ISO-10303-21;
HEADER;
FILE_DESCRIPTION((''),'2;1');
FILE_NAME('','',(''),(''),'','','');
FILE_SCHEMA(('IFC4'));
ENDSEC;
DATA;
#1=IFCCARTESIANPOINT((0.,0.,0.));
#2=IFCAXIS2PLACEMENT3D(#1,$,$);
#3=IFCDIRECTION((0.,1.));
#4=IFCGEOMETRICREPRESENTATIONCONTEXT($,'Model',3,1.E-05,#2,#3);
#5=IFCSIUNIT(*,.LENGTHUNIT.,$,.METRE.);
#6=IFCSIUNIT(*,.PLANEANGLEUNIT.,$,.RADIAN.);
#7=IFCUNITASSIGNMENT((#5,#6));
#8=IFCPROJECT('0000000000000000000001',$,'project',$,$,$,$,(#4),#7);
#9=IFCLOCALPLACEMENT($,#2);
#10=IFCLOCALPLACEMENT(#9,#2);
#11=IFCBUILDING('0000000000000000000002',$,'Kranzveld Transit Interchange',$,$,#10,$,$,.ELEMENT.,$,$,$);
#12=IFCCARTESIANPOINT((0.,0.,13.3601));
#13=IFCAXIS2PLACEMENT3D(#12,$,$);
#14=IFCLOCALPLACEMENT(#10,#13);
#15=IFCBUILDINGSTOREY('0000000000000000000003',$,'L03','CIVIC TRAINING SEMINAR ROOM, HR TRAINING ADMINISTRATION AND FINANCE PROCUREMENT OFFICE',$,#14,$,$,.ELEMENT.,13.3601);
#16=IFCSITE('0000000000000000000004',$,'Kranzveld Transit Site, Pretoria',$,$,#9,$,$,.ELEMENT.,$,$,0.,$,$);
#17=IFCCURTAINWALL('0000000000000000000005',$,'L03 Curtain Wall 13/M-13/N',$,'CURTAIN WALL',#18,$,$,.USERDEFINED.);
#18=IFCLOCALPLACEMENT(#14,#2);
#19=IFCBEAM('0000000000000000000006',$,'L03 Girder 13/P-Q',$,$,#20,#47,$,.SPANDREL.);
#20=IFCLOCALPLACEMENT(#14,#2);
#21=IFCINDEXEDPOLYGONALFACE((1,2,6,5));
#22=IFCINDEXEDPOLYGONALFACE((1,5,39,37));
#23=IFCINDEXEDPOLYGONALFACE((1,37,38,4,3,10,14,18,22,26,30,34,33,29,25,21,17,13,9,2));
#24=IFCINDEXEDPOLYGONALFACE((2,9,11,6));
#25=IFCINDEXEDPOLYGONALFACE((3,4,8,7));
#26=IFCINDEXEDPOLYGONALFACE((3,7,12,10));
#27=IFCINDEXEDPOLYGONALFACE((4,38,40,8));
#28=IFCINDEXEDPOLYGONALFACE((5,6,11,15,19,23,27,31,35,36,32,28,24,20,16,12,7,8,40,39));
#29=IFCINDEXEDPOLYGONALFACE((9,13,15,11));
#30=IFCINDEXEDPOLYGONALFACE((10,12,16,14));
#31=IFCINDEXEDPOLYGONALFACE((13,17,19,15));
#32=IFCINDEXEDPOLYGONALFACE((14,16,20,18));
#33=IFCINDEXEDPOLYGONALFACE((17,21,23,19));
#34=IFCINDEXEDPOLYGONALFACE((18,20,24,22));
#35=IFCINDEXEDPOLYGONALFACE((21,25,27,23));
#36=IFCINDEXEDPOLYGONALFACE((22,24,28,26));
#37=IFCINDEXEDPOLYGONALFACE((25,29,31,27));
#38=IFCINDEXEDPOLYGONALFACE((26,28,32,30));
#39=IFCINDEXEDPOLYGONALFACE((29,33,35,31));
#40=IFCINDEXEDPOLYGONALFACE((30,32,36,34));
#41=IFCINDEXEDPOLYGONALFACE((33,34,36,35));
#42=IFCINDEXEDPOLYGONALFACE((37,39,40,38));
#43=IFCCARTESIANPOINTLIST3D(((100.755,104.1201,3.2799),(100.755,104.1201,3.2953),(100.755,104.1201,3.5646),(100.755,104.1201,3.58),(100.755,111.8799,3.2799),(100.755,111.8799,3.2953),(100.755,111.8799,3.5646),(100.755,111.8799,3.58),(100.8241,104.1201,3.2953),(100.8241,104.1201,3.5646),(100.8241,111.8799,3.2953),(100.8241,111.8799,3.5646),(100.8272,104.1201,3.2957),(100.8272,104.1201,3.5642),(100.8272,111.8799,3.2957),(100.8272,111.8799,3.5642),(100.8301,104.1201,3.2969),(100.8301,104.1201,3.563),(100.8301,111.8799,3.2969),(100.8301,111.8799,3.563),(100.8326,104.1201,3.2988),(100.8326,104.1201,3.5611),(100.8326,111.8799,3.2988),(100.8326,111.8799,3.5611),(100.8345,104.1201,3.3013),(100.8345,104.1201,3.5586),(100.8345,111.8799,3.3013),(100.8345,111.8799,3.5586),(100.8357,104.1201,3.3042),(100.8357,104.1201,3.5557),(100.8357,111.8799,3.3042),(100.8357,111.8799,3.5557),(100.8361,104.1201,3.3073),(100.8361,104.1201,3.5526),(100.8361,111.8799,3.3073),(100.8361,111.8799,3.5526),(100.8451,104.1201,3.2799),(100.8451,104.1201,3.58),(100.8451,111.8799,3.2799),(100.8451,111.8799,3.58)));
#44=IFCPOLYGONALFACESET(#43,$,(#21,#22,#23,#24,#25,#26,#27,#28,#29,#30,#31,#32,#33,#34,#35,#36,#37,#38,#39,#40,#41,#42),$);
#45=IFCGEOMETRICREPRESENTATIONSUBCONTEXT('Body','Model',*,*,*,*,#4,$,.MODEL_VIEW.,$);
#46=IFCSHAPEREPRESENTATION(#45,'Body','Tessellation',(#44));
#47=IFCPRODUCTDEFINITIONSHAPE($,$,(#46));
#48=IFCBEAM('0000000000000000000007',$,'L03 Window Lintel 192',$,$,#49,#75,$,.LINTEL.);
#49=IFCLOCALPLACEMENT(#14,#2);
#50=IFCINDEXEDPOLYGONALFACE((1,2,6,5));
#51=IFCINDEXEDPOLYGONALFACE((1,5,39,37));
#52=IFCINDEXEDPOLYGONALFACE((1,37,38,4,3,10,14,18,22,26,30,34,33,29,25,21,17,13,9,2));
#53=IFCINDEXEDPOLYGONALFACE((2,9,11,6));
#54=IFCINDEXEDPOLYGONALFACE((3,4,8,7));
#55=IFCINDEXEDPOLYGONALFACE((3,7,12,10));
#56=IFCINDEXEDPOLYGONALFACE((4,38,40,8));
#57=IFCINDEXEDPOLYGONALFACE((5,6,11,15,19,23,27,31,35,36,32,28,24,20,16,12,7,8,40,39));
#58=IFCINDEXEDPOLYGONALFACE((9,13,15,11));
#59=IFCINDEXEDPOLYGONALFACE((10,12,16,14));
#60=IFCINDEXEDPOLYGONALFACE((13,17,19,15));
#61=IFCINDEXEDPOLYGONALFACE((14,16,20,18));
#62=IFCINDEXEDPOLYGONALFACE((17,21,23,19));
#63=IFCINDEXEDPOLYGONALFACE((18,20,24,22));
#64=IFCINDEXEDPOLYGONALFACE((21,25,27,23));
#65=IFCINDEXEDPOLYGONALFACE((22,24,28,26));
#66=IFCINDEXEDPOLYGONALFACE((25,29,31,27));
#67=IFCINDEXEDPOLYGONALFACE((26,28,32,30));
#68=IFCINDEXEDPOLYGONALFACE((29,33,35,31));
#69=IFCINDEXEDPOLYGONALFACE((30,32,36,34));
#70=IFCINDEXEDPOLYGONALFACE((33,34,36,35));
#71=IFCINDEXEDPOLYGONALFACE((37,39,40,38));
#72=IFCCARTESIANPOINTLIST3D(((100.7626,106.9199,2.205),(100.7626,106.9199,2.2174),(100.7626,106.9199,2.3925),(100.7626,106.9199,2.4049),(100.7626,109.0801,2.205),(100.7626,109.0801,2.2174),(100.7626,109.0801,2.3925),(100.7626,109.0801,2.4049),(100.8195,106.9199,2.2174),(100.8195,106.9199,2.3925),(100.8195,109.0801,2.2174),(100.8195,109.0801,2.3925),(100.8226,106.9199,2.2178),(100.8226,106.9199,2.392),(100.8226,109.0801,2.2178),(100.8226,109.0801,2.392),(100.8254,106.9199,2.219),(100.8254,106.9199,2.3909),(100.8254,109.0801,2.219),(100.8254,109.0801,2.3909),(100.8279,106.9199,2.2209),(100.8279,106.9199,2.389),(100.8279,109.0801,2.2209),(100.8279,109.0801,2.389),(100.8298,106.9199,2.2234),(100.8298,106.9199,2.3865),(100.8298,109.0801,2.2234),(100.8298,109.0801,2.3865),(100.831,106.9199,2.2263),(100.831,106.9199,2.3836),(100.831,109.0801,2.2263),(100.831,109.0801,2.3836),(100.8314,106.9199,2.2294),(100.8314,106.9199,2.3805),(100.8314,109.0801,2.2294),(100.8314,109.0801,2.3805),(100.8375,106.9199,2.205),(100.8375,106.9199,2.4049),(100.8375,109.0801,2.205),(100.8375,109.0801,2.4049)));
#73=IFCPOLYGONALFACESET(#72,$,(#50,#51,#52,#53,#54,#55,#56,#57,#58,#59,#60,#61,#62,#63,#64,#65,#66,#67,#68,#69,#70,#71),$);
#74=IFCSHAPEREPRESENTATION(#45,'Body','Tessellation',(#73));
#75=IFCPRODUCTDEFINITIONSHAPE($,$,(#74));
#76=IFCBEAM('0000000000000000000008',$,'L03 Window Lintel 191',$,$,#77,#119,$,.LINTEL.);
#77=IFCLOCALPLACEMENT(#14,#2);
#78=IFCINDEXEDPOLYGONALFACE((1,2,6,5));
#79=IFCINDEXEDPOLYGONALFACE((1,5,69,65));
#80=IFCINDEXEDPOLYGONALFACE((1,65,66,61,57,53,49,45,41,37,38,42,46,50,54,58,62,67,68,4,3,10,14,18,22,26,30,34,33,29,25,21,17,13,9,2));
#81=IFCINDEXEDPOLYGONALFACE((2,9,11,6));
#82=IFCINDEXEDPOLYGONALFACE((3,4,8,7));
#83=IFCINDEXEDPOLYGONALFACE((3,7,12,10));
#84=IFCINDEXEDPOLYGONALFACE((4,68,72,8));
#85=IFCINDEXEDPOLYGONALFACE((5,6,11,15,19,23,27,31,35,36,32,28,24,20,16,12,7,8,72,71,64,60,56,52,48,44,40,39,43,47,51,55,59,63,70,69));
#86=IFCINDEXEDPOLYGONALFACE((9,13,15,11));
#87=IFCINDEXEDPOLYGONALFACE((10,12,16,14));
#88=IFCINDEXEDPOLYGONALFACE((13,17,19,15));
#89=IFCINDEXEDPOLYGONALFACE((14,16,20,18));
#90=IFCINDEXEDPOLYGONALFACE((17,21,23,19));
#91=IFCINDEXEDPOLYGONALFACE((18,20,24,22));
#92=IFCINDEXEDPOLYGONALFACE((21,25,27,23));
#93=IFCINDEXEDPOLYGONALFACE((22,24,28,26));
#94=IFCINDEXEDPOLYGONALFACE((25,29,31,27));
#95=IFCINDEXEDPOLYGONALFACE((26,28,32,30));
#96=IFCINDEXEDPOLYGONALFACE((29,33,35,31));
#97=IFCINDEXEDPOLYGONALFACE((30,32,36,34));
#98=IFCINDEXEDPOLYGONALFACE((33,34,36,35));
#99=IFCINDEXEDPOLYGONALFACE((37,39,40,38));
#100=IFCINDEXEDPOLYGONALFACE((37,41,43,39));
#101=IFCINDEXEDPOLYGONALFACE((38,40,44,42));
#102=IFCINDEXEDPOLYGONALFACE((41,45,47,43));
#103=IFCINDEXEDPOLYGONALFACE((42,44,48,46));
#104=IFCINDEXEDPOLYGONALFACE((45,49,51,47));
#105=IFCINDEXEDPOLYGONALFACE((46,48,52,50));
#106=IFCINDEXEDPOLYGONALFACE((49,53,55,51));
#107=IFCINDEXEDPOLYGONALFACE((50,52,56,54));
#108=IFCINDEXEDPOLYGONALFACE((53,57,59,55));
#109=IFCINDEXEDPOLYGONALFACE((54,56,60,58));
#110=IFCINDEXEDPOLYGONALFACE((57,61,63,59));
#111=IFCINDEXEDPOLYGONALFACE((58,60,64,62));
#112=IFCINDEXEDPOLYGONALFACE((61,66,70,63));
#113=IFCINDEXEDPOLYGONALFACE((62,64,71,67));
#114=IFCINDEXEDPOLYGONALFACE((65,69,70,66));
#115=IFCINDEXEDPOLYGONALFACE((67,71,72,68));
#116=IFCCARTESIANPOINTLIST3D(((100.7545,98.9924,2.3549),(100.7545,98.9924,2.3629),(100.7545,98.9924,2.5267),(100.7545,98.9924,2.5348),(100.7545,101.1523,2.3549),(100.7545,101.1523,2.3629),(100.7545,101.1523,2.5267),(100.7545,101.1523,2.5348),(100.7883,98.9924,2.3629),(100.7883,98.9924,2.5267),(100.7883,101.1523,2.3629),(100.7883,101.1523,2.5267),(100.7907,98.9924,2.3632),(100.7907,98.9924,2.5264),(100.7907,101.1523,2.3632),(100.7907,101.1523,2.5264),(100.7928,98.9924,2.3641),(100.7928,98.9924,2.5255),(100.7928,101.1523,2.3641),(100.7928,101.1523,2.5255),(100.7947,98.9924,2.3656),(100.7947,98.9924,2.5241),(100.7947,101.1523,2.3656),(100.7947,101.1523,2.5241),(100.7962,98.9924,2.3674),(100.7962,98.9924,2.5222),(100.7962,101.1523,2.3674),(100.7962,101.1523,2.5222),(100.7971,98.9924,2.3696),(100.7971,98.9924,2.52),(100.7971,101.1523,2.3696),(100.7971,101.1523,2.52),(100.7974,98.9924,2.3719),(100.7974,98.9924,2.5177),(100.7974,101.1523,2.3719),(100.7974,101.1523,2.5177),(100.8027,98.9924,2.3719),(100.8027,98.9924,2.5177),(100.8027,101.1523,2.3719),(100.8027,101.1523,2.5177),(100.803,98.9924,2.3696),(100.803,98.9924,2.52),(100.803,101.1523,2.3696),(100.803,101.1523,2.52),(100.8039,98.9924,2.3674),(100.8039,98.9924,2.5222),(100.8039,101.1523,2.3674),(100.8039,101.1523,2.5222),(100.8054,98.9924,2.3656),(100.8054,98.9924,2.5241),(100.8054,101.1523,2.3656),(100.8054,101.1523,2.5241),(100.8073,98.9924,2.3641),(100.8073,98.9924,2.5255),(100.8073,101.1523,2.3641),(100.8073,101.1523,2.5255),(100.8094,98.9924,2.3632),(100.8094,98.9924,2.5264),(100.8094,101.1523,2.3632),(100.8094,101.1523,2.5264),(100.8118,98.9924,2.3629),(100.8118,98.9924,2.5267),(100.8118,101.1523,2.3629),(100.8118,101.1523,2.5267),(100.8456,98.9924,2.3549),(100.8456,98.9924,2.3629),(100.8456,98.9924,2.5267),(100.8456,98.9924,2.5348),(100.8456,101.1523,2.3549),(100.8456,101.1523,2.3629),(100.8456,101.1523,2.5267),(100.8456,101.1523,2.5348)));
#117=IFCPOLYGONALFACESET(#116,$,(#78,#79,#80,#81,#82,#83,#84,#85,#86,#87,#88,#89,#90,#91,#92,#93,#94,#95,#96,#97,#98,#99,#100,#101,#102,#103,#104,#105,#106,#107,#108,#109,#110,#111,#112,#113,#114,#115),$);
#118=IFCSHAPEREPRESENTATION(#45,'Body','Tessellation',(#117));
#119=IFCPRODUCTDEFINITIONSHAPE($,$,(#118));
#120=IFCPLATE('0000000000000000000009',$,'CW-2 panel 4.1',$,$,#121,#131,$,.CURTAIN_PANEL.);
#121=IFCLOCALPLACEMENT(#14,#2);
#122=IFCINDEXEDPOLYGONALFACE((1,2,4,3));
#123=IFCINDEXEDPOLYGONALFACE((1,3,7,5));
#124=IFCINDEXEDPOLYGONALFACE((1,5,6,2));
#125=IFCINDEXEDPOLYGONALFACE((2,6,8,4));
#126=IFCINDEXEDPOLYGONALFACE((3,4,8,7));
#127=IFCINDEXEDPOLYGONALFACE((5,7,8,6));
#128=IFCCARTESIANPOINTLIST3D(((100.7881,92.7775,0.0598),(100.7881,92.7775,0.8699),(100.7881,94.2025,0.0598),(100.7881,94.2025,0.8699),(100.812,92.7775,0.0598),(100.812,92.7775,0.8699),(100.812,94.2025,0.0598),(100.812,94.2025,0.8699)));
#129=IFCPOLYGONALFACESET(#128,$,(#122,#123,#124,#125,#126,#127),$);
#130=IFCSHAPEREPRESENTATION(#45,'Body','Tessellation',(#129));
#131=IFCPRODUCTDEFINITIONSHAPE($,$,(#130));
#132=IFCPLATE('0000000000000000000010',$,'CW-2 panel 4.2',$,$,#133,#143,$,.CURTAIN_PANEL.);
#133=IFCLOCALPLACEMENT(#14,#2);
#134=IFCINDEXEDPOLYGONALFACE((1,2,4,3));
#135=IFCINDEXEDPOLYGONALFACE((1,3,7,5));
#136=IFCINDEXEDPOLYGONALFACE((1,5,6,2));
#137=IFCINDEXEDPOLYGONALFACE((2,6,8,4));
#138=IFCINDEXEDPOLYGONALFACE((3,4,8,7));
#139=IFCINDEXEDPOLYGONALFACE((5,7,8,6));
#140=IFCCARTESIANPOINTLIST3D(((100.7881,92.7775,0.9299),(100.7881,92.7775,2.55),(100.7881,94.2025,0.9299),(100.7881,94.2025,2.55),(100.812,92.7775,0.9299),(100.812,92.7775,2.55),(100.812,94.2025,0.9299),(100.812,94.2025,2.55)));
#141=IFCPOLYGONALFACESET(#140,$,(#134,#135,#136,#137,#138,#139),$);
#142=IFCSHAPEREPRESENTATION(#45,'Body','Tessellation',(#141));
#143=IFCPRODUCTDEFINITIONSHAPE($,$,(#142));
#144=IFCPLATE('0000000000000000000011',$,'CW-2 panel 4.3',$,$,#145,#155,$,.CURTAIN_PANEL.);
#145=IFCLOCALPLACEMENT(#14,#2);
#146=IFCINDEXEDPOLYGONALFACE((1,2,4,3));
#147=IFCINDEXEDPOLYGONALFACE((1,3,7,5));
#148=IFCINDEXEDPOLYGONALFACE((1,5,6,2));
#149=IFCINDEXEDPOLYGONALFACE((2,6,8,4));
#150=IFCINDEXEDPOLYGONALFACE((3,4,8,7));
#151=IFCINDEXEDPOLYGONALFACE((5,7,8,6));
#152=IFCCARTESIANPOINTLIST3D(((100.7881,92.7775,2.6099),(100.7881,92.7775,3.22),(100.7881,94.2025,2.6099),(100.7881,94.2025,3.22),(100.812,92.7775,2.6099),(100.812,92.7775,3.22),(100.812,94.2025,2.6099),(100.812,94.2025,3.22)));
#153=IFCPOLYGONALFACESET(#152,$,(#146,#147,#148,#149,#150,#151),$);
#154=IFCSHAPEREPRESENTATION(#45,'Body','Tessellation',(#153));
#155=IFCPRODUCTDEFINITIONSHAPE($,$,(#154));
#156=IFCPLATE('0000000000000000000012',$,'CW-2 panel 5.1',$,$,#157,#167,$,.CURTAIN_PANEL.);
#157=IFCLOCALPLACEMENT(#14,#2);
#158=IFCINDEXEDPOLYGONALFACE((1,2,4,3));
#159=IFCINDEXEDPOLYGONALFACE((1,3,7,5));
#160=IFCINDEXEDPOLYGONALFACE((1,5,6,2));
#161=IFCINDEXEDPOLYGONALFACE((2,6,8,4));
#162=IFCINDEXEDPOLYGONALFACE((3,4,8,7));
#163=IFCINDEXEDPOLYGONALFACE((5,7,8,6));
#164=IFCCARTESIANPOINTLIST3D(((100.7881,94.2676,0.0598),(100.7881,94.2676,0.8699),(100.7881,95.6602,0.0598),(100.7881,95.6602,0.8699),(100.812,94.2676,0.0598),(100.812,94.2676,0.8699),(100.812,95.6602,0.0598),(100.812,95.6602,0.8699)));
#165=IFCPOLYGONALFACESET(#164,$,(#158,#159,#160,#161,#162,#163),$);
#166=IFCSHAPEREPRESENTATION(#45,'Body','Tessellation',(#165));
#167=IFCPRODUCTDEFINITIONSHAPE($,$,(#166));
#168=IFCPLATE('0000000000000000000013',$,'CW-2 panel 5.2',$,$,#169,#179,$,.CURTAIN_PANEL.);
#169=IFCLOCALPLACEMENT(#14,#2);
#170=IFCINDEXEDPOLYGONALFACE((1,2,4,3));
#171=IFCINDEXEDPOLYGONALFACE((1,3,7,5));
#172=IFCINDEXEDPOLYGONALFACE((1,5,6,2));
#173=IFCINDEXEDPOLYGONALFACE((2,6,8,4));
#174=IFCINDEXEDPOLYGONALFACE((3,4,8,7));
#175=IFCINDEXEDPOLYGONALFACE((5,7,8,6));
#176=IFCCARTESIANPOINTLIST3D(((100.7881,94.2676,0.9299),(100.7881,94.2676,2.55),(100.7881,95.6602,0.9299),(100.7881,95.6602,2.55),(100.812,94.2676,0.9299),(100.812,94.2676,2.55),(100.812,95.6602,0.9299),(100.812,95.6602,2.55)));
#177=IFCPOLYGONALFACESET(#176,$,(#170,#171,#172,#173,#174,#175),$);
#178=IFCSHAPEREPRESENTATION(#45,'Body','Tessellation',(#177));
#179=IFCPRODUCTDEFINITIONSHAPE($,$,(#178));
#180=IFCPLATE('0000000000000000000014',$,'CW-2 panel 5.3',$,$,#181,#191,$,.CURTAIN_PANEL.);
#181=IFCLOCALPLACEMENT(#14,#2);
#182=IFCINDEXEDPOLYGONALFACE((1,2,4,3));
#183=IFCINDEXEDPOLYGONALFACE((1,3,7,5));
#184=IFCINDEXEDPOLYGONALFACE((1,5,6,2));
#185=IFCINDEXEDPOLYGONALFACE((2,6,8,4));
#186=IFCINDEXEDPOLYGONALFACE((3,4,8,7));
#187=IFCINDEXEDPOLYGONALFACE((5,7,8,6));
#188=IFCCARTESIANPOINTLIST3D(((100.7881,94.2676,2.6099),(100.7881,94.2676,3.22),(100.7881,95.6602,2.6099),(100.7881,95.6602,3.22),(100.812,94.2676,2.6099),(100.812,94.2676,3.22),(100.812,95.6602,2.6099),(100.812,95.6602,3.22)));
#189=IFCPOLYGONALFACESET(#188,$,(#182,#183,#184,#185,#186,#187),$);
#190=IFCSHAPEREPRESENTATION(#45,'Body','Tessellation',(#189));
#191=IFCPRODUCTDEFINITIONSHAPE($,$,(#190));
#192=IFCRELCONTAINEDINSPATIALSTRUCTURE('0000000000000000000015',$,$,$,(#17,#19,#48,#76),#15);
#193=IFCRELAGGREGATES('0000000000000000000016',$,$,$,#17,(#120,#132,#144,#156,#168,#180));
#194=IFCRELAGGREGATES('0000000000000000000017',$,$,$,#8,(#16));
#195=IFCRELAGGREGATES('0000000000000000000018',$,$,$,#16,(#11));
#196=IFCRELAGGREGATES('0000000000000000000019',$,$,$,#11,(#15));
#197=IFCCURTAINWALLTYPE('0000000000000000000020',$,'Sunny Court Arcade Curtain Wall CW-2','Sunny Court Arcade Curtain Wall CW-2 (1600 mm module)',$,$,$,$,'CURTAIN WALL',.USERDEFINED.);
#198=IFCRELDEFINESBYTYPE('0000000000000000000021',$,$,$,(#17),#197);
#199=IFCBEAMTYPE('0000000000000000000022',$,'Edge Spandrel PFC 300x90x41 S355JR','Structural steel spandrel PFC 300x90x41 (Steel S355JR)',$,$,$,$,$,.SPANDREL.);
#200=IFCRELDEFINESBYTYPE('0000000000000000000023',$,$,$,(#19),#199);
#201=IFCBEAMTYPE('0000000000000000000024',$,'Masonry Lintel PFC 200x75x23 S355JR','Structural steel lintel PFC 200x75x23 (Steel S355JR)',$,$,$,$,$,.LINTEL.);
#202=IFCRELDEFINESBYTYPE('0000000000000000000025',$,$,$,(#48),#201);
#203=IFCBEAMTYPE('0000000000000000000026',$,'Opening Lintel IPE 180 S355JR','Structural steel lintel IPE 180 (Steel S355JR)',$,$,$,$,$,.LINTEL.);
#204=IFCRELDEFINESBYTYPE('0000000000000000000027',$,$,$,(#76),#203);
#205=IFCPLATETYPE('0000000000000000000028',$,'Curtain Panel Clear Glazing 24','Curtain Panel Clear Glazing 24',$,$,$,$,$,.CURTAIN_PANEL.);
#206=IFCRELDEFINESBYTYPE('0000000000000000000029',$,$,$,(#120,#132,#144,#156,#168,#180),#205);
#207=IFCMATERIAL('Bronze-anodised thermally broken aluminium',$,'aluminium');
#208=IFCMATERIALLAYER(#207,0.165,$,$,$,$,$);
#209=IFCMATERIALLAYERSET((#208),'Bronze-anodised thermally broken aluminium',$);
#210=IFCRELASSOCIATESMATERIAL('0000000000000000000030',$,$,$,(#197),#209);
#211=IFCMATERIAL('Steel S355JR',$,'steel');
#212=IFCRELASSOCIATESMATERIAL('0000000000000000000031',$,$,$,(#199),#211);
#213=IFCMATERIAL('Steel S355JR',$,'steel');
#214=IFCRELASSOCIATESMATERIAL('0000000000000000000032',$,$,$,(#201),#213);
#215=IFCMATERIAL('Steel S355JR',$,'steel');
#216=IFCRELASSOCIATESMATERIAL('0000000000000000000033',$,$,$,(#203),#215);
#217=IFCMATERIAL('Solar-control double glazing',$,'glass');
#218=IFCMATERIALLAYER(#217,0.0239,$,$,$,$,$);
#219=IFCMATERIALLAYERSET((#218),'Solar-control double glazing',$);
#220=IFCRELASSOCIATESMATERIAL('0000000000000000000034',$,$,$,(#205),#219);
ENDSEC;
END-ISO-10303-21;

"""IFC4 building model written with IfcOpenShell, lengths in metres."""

from ifc_helpers import new_model, si_unit, direction, frame, origin, origin_2d, place, context, subcontext, project, spatial, rectangle, i_section, u_section, extrude, material, layer, layer_set, material_profile, profile_set, type_object, element, aggregate, save


model = new_model("IFC4")

# Units and contexts
model_context = context("Model", 3, precision=1e-05, world=origin(), true_north=direction((0.0, 1.0)))
body_context = subcontext(model_context, "Body", "Model", "MODEL_VIEW")
ifc_project = project(units=[si_unit("LENGTHUNIT", "METRE"), si_unit("PLANEANGLEUNIT", "RADIAN")], contexts=[model_context])

# Site, building, storey
site_placement = place(None, origin())
site = spatial("IfcSite", under=ifc_project, at=site_placement, Name="Kranzveld Transit Site, Pretoria", CompositionType="ELEMENT", RefElevation=0.0)
building_placement = place(site_placement, origin())
building = spatial("IfcBuilding", under=site, at=building_placement, Name="Kranzveld Transit Interchange", CompositionType="ELEMENT")
storey_placement = place(building_placement, frame((0.0, 0.0, 13.3601)))
storey = spatial("IfcBuildingStorey", under=building, at=storey_placement, Name="L03", Description="CIVIC TRAINING SEMINAR ROOM, HR TRAINING ADMINISTRATION AND FINANCE PROCUREMENT OFFICE", CompositionType="ELEMENT", Elevation=13.3601)

# Curtain wall
ifc_material_1 = material(Name="Bronze-anodised thermally broken aluminium", Category="aluminium")
ifc_layer_1 = layer(ifc_material_1, 0.165)
ifc_layer_set_1 = layer_set([ifc_layer_1], Name="Bronze-anodised thermally broken aluminium")
curtain_wall_type = type_object("IfcCurtainWallType", Name="Sunny Court Arcade Curtain Wall CW-2", Description="Sunny Court Arcade Curtain Wall CW-2 (1600 mm module)", ElementType="CURTAIN WALL", PredefinedType="USERDEFINED", material=ifc_layer_set_1)
curtain_wall_placement = place(storey_placement, origin())
curtain_wall = element("IfcCurtainWall", 1, at=curtain_wall_placement, inside=storey, type_object=curtain_wall_type, Name="L03 Curtain Wall 13/M-13/N", ObjectType="CURTAIN WALL", PredefinedType="USERDEFINED")

# Beams
ifc_material_2 = material(Name="Steel S355JR", Category="steel")
ifc_material_profile_1 = material_profile(ifc_material_2, u_section(Depth=0.3, FlangeWidth=0.0901, WebThickness=0.009, FlangeThickness=0.0154, FilletRadius=0.012, at=origin_2d()), Name="PFC 300x90x41")
ifc_profile_set_1 = profile_set([ifc_material_profile_1], Name="Steel S355JR")
beam_type_1 = type_object("IfcBeamType", Name="Edge Spandrel PFC 300x90x41 S355JR", Description="Structural steel spandrel PFC 300x90x41 (Steel S355JR)", PredefinedType="SPANDREL", material=ifc_profile_set_1)
beam_1_placement = place(storey_placement, frame((100.8, 104.1201, 3.4299), z_axis=(0.0, 1.0, 0.0), x_axis=(-1.0, 0.0, 0.0)))
element("IfcBeam", 2, at=beam_1_placement, inside=storey, type_object=beam_type_1, Name="L03 Girder 13/P-Q", PredefinedType="SPANDREL", context=body_context, shape_type="SweptSolid", body=[
    extrude(u_section(Depth=0.3, FlangeWidth=0.0901, WebThickness=0.009, FlangeThickness=0.0154, FilletRadius=0.012, at=origin_2d()), origin(), (0.0, 0.0, 1.0), 7.7598),
])
ifc_material_3 = material(Name="Steel S355JR", Category="steel")
ifc_material_profile_2 = material_profile(ifc_material_3, u_section(Depth=0.2, FlangeWidth=0.075, WebThickness=0.0061, FlangeThickness=0.0125, FilletRadius=0.012, at=origin_2d()), Name="PFC 200x75x23")
ifc_profile_set_2 = profile_set([ifc_material_profile_2], Name="Steel S355JR")
beam_type_2 = type_object("IfcBeamType", Name="Masonry Lintel PFC 200x75x23 S355JR", Description="Structural steel lintel PFC 200x75x23 (Steel S355JR)", PredefinedType="LINTEL", material=ifc_profile_set_2)
beam_2_placement = place(storey_placement, frame((100.8, 106.9199, 2.3049), z_axis=(0.0, 1.0, 0.0), x_axis=(-1.0, 0.0, 0.0)))
element("IfcBeam", 3, at=beam_2_placement, inside=storey, type_object=beam_type_2, Name="L03 Window Lintel 192", PredefinedType="LINTEL", context=body_context, shape_type="SweptSolid", body=[
    extrude(u_section(Depth=0.2, FlangeWidth=0.075, WebThickness=0.0061, FlangeThickness=0.0125, FilletRadius=0.012, at=origin_2d()), origin(), (0.0, 0.0, 1.0), 2.1602),
])
ifc_material_4 = material(Name="Steel S355JR", Category="steel")
ifc_material_profile_3 = material_profile(ifc_material_4, i_section(OverallWidth=0.0911, OverallDepth=0.1799, WebThickness=0.0054, FlangeThickness=0.0081, FilletRadius=0.009, at=origin_2d()), Name="IPE 180")
ifc_profile_set_3 = profile_set([ifc_material_profile_3], Name="Steel S355JR")
beam_type_3 = type_object("IfcBeamType", Name="Opening Lintel IPE 180 S355JR", Description="Structural steel lintel IPE 180 (Steel S355JR)", PredefinedType="LINTEL", material=ifc_profile_set_3)
beam_3_placement = place(storey_placement, frame((100.8, 98.9924, 2.4448), z_axis=(0.0, 1.0, 0.0), x_axis=(-1.0, 0.0, 0.0)))
element("IfcBeam", 4, at=beam_3_placement, inside=storey, type_object=beam_type_3, Name="L03 Window Lintel 191", PredefinedType="LINTEL", context=body_context, shape_type="SweptSolid", body=[
    extrude(i_section(OverallWidth=0.0911, OverallDepth=0.1799, WebThickness=0.0054, FlangeThickness=0.0081, FilletRadius=0.009, at=origin_2d()), origin(), (0.0, 0.0, 1.0), 2.1599),
])

# Plates
ifc_material_5 = material(Name="Solar-control double glazing", Category="glass")
ifc_layer_2 = layer(ifc_material_5, 0.0239)
ifc_layer_set_2 = layer_set([ifc_layer_2], Name="Solar-control double glazing")
plate_type = type_object("IfcPlateType", Name="Curtain Panel Clear Glazing 24", Description="Curtain Panel Clear Glazing 24", PredefinedType="CURTAIN_PANEL", material=ifc_layer_set_2)
plate_1_placement = place(storey_placement, frame((100.8, 93.49, 0.0598), z_axis=(0.0, 0.0, 1.0), x_axis=(0.0, 1.0, 0.0)))
plate_1 = element("IfcPlate", 5, at=plate_1_placement, type_object=plate_type, Name="CW-2 panel 4.1", PredefinedType="CURTAIN_PANEL", context=body_context, shape_type="SweptSolid", body=[
    extrude(rectangle(XDim=1.425, YDim=0.0239, at=origin_2d()), origin(), (0.0, 0.0, 1.0), 0.8101),
])
plate_2_placement = place(storey_placement, frame((100.8, 93.49, 0.9299), z_axis=(0.0, 0.0, 1.0), x_axis=(0.0, 1.0, 0.0)))
plate_2 = element("IfcPlate", 6, at=plate_2_placement, type_object=plate_type, Name="CW-2 panel 4.2", PredefinedType="CURTAIN_PANEL", context=body_context, shape_type="SweptSolid", body=[
    extrude(rectangle(XDim=1.425, YDim=0.0239, at=origin_2d()), origin(), (0.0, 0.0, 1.0), 1.6201),
])
plate_3_placement = place(storey_placement, frame((100.8, 93.49, 2.6099), z_axis=(0.0, 0.0, 1.0), x_axis=(0.0, 1.0, 0.0)))
plate_3 = element("IfcPlate", 7, at=plate_3_placement, type_object=plate_type, Name="CW-2 panel 4.3", PredefinedType="CURTAIN_PANEL", context=body_context, shape_type="SweptSolid", body=[
    extrude(rectangle(XDim=1.425, YDim=0.0239, at=origin_2d()), origin(), (0.0, 0.0, 1.0), 0.6101),
])
plate_4_placement = place(storey_placement, frame((100.8, 94.9639, 0.0598), z_axis=(0.0, 0.0, 1.0), x_axis=(0.0, 1.0, 0.0)))
plate_4 = element("IfcPlate", 8, at=plate_4_placement, type_object=plate_type, Name="CW-2 panel 5.1", PredefinedType="CURTAIN_PANEL", context=body_context, shape_type="SweptSolid", body=[
    extrude(rectangle(XDim=1.3926, YDim=0.0239, at=origin_2d()), origin(), (0.0, 0.0, 1.0), 0.8101),
])
plate_5_placement = place(storey_placement, frame((100.8, 94.9639, 0.9299), z_axis=(0.0, 0.0, 1.0), x_axis=(0.0, 1.0, 0.0)))
plate_5 = element("IfcPlate", 9, at=plate_5_placement, type_object=plate_type, Name="CW-2 panel 5.2", PredefinedType="CURTAIN_PANEL", context=body_context, shape_type="SweptSolid", body=[
    extrude(rectangle(XDim=1.3926, YDim=0.0239, at=origin_2d()), origin(), (0.0, 0.0, 1.0), 1.6201),
])
plate_6_placement = place(storey_placement, frame((100.8, 94.9639, 2.6099), z_axis=(0.0, 0.0, 1.0), x_axis=(0.0, 1.0, 0.0)))
plate_6 = element("IfcPlate", 10, at=plate_6_placement, type_object=plate_type, Name="CW-2 panel 5.3", PredefinedType="CURTAIN_PANEL", context=body_context, shape_type="SweptSolid", body=[
    extrude(rectangle(XDim=1.3926, YDim=0.0239, at=origin_2d()), origin(), (0.0, 0.0, 1.0), 0.6101),
])
aggregate(curtain_wall, [plate_1, plate_2, plate_3, plate_4, plate_5, plate_6])

save(model, "model.ifc")
